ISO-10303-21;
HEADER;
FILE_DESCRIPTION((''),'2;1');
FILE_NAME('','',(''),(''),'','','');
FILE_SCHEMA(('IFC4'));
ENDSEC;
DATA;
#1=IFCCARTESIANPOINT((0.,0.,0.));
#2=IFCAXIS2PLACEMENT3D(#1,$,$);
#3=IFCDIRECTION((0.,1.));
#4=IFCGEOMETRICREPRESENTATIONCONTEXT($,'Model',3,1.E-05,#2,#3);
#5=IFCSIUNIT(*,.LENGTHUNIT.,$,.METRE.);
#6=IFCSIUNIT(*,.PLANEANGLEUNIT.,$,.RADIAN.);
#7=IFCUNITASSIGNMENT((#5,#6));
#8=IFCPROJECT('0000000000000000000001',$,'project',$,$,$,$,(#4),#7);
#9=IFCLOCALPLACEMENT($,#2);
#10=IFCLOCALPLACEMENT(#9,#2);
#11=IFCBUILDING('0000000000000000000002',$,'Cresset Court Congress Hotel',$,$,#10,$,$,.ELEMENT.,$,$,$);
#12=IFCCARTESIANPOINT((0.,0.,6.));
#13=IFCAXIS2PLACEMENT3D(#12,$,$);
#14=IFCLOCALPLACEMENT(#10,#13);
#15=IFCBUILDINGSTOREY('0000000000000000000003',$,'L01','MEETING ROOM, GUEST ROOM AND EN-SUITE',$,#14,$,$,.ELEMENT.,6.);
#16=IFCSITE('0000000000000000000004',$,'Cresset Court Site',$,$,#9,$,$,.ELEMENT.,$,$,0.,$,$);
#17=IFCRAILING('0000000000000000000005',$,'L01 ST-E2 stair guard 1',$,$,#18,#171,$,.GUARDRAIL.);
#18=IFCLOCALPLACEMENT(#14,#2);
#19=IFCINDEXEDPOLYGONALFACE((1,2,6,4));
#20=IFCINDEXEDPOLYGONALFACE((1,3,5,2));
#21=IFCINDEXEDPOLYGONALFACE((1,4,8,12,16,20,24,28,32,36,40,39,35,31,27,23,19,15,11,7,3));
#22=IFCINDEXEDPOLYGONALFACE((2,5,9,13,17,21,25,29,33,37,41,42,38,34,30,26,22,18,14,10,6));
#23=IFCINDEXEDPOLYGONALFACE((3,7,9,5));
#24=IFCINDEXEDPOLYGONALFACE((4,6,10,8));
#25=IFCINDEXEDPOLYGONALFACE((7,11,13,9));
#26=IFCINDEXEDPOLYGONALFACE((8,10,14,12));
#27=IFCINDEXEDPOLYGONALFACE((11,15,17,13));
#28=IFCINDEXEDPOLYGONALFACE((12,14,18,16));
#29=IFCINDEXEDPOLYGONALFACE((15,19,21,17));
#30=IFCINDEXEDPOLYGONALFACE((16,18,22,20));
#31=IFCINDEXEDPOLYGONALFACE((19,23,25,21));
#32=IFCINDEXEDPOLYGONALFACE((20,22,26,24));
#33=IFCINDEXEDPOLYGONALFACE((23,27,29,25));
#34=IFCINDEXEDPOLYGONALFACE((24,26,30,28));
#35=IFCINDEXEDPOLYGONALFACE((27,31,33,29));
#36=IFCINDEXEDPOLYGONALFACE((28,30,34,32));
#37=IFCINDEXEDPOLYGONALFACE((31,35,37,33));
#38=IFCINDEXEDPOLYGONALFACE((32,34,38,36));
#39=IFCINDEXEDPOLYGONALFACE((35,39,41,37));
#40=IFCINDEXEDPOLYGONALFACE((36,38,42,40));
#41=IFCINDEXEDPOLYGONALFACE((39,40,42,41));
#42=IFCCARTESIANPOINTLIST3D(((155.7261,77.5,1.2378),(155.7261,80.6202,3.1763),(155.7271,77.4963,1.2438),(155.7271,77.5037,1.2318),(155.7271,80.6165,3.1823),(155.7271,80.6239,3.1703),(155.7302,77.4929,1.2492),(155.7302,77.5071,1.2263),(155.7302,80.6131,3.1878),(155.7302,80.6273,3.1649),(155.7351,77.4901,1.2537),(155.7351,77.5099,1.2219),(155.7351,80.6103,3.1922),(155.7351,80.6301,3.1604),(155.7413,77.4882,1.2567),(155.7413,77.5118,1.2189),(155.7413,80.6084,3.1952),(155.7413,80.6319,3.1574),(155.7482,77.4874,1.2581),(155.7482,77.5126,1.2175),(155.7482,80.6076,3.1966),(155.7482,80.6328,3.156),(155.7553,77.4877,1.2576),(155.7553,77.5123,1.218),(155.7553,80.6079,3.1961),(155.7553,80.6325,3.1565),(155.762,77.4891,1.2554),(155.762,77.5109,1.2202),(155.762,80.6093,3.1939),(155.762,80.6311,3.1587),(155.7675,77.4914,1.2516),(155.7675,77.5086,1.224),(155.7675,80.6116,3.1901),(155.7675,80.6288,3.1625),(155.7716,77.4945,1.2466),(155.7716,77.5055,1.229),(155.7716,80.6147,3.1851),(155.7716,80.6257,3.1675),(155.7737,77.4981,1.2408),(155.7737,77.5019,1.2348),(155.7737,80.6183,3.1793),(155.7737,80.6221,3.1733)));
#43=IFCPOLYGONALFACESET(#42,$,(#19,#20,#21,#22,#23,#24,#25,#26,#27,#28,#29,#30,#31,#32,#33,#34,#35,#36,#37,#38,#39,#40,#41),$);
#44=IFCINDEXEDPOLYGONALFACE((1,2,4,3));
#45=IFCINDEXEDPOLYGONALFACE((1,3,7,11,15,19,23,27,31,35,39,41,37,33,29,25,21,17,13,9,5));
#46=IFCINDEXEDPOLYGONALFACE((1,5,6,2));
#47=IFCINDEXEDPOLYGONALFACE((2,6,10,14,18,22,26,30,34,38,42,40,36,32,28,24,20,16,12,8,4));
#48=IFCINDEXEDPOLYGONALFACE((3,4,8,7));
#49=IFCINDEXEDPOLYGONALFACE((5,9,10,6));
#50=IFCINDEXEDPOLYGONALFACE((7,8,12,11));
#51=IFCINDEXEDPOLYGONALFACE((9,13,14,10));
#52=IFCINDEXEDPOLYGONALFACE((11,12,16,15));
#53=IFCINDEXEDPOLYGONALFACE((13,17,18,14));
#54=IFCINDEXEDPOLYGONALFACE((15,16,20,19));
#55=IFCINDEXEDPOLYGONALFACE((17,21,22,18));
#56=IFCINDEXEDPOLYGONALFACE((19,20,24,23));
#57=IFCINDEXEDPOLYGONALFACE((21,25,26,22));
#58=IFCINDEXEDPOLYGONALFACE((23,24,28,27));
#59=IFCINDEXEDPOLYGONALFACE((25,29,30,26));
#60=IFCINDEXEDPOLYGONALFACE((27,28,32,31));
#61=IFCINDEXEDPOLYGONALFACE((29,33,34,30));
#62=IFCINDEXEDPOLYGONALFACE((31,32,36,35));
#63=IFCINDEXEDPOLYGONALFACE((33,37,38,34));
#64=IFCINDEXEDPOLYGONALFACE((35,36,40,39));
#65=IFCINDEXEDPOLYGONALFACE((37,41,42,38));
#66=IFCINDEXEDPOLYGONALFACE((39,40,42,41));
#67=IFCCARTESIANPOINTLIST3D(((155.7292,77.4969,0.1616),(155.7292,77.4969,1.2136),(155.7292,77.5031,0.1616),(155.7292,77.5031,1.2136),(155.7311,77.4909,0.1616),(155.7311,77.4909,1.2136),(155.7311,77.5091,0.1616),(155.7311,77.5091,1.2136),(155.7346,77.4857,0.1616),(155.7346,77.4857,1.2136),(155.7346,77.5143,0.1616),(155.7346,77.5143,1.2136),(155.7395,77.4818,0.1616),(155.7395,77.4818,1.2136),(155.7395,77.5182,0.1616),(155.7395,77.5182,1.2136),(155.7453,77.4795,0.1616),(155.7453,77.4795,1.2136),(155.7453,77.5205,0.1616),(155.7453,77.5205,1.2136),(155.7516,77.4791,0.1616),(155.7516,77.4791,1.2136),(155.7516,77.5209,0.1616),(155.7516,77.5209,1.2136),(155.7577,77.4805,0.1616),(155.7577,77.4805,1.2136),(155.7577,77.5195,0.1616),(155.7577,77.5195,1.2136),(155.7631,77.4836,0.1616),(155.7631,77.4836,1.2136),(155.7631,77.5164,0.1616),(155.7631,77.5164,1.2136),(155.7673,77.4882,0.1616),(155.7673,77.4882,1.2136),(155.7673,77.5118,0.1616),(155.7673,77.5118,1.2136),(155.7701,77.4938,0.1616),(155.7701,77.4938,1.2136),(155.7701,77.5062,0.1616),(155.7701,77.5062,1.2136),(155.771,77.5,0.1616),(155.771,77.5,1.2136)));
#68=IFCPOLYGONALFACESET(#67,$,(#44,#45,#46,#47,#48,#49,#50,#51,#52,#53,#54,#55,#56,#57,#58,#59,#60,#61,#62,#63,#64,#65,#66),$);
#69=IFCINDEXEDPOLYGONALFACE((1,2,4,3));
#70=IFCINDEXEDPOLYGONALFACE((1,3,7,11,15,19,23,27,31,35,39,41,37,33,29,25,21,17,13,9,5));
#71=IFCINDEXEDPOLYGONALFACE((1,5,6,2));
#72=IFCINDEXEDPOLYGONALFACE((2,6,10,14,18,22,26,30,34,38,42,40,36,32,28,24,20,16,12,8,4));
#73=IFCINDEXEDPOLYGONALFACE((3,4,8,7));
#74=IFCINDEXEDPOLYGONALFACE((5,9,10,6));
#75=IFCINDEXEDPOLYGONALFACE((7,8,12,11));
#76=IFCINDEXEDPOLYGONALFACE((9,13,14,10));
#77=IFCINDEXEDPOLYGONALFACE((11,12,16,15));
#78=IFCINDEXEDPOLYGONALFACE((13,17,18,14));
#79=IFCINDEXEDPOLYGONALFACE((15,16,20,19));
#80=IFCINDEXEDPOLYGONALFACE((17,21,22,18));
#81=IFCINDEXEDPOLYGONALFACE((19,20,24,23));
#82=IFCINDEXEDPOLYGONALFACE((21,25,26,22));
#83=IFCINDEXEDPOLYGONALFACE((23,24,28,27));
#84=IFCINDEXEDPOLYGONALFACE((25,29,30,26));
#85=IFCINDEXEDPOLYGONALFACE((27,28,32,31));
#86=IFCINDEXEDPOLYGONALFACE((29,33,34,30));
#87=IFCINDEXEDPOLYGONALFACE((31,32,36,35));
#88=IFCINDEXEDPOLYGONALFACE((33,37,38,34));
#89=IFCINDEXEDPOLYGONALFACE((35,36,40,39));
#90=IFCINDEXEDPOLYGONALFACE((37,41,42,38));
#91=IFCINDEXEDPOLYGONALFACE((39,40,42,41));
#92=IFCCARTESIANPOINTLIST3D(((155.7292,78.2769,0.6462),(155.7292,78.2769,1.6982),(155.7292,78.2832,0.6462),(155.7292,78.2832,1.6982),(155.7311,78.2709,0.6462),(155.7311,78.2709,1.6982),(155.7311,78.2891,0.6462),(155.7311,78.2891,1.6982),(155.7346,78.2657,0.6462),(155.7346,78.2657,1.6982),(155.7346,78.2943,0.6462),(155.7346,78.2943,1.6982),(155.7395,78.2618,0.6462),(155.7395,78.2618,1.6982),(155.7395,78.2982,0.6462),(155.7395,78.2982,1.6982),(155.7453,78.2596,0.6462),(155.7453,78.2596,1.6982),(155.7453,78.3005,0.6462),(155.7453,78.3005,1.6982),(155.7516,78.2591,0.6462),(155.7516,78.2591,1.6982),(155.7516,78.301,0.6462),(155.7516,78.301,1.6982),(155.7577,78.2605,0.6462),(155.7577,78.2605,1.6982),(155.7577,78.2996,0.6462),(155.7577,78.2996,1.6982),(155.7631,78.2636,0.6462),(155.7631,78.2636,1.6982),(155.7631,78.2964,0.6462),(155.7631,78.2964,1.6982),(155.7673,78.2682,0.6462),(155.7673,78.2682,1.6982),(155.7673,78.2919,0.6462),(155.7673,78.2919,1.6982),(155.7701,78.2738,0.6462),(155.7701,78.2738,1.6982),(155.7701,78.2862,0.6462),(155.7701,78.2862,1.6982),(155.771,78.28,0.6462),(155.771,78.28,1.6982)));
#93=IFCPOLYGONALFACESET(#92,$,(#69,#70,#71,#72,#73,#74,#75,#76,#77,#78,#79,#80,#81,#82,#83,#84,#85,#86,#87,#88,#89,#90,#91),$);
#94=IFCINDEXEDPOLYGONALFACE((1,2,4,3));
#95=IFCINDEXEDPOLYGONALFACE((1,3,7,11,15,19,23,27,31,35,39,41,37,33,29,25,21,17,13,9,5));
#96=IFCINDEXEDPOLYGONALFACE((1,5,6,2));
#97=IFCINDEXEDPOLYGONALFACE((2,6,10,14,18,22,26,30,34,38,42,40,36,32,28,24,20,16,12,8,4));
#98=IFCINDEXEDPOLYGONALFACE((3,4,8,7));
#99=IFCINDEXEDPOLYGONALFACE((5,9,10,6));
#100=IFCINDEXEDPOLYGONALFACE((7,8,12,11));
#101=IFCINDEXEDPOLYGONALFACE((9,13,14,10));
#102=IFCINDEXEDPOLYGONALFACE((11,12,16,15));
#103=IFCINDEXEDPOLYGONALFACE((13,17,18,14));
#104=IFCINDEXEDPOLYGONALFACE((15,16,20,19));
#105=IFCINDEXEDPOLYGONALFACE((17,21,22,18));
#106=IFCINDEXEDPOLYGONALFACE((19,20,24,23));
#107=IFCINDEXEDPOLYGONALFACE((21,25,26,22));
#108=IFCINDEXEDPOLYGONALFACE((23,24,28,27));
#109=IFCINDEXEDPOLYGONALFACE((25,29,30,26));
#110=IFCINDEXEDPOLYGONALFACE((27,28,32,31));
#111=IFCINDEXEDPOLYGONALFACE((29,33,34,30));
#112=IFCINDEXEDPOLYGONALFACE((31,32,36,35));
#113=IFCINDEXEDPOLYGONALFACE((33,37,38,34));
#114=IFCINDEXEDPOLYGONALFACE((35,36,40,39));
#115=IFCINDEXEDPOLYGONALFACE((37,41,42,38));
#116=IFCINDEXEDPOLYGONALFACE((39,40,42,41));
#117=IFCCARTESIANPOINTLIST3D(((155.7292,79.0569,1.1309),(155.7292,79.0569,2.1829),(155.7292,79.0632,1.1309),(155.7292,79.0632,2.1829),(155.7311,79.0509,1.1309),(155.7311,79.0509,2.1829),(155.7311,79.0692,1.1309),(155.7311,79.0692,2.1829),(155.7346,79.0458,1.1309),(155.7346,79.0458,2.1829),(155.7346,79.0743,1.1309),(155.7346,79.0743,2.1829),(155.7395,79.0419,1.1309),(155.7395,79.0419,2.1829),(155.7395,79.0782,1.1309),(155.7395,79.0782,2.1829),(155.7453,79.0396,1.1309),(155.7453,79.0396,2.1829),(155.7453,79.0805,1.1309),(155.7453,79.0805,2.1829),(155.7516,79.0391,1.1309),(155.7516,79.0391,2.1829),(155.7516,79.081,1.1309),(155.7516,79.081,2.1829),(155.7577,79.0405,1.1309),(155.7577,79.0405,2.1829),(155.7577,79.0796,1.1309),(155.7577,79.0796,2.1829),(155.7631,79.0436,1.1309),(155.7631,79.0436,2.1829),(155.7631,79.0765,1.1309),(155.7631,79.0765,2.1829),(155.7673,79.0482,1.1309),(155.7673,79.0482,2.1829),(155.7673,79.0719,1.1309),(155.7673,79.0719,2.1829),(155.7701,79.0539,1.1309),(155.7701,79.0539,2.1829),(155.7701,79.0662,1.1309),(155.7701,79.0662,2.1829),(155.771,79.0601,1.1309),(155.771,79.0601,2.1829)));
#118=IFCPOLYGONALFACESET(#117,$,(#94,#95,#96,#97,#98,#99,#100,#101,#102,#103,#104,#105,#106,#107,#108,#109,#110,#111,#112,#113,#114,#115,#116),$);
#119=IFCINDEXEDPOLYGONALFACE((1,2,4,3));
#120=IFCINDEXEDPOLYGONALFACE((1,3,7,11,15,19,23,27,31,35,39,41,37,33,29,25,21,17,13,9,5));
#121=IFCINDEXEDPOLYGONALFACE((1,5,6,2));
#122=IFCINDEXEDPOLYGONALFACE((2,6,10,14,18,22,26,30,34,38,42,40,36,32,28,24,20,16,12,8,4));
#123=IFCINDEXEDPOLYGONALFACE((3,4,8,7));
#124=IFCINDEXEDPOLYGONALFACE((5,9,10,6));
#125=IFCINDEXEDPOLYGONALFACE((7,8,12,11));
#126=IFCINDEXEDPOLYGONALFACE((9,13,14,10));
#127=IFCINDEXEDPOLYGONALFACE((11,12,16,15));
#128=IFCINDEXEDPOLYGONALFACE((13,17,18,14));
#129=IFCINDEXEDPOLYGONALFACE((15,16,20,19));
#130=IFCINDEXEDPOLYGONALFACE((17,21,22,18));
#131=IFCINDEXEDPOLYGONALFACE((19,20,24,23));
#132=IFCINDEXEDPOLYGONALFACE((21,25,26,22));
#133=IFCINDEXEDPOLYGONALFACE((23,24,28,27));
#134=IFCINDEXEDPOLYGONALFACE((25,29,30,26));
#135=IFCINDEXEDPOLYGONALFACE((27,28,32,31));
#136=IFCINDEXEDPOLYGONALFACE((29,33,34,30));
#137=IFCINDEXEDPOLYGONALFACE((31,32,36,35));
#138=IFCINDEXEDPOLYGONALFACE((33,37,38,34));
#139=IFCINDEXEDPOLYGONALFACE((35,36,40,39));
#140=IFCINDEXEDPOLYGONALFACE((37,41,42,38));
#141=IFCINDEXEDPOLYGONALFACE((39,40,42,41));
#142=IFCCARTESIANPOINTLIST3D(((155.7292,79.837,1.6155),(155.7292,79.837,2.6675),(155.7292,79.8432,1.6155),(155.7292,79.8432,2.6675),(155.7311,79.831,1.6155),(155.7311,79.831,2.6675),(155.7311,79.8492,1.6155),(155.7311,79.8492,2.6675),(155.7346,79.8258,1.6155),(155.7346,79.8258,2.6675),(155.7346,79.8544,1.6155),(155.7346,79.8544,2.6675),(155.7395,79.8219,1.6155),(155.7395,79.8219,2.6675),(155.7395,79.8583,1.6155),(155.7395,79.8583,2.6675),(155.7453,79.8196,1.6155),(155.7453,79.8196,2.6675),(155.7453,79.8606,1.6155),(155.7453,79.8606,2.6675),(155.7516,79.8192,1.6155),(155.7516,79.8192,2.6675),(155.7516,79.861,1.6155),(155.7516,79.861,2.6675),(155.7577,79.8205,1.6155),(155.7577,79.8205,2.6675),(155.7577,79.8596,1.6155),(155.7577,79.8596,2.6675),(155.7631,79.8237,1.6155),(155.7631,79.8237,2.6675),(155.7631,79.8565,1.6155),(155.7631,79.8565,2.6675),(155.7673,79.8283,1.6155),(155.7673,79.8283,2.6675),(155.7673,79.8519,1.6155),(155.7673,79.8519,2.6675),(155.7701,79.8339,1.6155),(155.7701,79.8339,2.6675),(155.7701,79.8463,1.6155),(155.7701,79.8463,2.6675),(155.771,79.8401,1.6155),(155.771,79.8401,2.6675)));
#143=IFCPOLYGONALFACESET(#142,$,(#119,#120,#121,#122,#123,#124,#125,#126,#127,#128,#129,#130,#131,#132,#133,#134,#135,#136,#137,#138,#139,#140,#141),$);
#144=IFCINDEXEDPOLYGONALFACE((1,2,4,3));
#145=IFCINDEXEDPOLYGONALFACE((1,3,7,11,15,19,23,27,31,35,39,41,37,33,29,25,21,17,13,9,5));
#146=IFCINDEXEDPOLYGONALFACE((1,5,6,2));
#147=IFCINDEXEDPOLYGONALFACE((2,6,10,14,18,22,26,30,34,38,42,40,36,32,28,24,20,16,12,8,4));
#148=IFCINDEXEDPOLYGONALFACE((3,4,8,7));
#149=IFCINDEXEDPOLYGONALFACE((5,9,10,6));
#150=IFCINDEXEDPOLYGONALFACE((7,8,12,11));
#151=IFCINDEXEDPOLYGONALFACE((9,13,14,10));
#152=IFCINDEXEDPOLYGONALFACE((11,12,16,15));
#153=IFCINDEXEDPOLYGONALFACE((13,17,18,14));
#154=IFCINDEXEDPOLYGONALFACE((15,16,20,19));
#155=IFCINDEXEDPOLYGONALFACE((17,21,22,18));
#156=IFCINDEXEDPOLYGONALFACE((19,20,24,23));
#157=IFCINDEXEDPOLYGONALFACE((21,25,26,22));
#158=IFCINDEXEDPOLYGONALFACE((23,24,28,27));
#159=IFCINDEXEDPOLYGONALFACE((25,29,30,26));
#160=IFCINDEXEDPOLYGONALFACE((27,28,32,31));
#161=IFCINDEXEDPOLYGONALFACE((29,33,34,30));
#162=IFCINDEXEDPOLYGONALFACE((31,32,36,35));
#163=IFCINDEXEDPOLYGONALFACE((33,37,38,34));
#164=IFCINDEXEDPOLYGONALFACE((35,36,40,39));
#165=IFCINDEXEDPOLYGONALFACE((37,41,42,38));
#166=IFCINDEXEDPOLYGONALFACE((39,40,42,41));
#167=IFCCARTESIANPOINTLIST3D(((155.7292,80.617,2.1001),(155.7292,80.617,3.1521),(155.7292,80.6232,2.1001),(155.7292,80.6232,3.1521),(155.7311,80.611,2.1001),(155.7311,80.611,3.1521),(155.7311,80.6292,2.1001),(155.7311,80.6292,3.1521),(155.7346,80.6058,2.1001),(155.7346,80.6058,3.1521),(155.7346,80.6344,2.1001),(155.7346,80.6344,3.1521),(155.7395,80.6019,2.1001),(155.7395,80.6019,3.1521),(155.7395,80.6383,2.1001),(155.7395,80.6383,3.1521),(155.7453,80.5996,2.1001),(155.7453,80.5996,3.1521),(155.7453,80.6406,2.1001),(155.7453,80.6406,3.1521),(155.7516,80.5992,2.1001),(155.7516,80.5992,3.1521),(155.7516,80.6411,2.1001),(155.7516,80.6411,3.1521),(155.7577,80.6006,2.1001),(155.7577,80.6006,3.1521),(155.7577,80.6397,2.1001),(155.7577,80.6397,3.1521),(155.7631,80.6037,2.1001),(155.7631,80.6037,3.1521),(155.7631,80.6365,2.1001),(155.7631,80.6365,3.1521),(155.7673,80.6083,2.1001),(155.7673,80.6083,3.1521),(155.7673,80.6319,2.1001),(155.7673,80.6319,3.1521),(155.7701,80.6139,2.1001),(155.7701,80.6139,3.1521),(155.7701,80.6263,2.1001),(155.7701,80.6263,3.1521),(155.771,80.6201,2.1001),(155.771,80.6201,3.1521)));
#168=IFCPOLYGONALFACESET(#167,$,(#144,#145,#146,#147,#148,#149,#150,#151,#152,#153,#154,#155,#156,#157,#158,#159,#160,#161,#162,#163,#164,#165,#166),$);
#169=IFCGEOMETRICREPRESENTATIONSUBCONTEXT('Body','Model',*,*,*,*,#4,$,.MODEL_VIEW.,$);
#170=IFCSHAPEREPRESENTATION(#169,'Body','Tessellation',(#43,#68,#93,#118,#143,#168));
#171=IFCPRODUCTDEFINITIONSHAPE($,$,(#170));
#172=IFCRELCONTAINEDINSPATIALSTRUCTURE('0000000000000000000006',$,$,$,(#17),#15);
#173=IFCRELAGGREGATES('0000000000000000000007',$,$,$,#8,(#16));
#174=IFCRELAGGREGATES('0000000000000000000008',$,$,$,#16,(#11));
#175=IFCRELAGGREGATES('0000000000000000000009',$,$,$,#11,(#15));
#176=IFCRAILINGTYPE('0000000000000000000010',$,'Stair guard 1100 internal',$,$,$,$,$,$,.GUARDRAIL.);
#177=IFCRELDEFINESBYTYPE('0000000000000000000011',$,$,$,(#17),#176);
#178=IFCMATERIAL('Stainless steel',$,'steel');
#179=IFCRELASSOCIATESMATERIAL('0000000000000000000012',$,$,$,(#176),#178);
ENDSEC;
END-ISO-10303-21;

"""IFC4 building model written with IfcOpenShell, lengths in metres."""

from ifc_helpers import new_model, si_unit, direction, frame, origin, origin_2d, place, context, subcontext, project, spatial, circle, extrude, material, type_object, element, save


model = new_model("IFC4")

# Units and contexts
model_context = context("Model", 3, precision=1e-05, world=origin(), true_north=direction((0.0, 1.0)))
body_context = subcontext(model_context, "Body", "Model", "MODEL_VIEW")
ifc_project = project(units=[si_unit("LENGTHUNIT", "METRE"), si_unit("PLANEANGLEUNIT", "RADIAN")], contexts=[model_context])

# Site, building, storey
site_placement = place(None, origin())
site = spatial("IfcSite", under=ifc_project, at=site_placement, Name="Cresset Court Site", CompositionType="ELEMENT", RefElevation=0.0)
building_placement = place(site_placement, origin())
building = spatial("IfcBuilding", under=site, at=building_placement, Name="Cresset Court Congress Hotel", CompositionType="ELEMENT")
storey_placement = place(building_placement, frame((0.0, 0.0, 6.0)))
storey = spatial("IfcBuildingStorey", under=building, at=storey_placement, Name="L01", Description="MEETING ROOM, GUEST ROOM AND EN-SUITE", CompositionType="ELEMENT", Elevation=6.0)

# Railing
ifc_material_1 = material(Name="Stainless steel", Category="steel")
railing_type_1 = type_object("IfcRailingType", Name="Stair guard 1100 internal", PredefinedType="GUARDRAIL", material=ifc_material_1)
railing_1_placement = place(storey_placement, frame((155.75, 77.5, 0.1616)))
element("IfcRailing", 1, at=railing_1_placement, inside=storey, type_object=railing_type_1, Name="L01 ST-E2 stair guard 1", PredefinedType="GUARDRAIL", context=body_context, shape_type="SweptSolid", body=[
    extrude(circle(Radius=0.0239, at=origin_2d()), frame((0.0, 0.0, 1.0762), z_axis=(0.0, 0.849414, 0.527727), x_axis=(-1.0, 0.0, 0.0)), (0.0, 0.0, 1.0), 3.6733),
    extrude(circle(Radius=0.021, at=origin_2d()), origin(), (0.0, 0.0, 1.0), 1.052),
    extrude(circle(Radius=0.021, at=origin_2d()), frame((0.0, 0.78, 0.4846)), (0.0, 0.0, 1.0), 1.052),
    extrude(circle(Radius=0.021, at=origin_2d()), frame((0.0, 1.5601, 0.9692)), (0.0, 0.0, 1.0), 1.052),
    extrude(circle(Radius=0.021, at=origin_2d()), frame((0.0, 2.3401, 1.4539)), (0.0, 0.0, 1.0), 1.052),
    extrude(circle(Radius=0.021, at=origin_2d()), frame((0.0, 3.1201, 1.9385)), (0.0, 0.0, 1.0), 1.052),
])

save(model, "model.ifc")
